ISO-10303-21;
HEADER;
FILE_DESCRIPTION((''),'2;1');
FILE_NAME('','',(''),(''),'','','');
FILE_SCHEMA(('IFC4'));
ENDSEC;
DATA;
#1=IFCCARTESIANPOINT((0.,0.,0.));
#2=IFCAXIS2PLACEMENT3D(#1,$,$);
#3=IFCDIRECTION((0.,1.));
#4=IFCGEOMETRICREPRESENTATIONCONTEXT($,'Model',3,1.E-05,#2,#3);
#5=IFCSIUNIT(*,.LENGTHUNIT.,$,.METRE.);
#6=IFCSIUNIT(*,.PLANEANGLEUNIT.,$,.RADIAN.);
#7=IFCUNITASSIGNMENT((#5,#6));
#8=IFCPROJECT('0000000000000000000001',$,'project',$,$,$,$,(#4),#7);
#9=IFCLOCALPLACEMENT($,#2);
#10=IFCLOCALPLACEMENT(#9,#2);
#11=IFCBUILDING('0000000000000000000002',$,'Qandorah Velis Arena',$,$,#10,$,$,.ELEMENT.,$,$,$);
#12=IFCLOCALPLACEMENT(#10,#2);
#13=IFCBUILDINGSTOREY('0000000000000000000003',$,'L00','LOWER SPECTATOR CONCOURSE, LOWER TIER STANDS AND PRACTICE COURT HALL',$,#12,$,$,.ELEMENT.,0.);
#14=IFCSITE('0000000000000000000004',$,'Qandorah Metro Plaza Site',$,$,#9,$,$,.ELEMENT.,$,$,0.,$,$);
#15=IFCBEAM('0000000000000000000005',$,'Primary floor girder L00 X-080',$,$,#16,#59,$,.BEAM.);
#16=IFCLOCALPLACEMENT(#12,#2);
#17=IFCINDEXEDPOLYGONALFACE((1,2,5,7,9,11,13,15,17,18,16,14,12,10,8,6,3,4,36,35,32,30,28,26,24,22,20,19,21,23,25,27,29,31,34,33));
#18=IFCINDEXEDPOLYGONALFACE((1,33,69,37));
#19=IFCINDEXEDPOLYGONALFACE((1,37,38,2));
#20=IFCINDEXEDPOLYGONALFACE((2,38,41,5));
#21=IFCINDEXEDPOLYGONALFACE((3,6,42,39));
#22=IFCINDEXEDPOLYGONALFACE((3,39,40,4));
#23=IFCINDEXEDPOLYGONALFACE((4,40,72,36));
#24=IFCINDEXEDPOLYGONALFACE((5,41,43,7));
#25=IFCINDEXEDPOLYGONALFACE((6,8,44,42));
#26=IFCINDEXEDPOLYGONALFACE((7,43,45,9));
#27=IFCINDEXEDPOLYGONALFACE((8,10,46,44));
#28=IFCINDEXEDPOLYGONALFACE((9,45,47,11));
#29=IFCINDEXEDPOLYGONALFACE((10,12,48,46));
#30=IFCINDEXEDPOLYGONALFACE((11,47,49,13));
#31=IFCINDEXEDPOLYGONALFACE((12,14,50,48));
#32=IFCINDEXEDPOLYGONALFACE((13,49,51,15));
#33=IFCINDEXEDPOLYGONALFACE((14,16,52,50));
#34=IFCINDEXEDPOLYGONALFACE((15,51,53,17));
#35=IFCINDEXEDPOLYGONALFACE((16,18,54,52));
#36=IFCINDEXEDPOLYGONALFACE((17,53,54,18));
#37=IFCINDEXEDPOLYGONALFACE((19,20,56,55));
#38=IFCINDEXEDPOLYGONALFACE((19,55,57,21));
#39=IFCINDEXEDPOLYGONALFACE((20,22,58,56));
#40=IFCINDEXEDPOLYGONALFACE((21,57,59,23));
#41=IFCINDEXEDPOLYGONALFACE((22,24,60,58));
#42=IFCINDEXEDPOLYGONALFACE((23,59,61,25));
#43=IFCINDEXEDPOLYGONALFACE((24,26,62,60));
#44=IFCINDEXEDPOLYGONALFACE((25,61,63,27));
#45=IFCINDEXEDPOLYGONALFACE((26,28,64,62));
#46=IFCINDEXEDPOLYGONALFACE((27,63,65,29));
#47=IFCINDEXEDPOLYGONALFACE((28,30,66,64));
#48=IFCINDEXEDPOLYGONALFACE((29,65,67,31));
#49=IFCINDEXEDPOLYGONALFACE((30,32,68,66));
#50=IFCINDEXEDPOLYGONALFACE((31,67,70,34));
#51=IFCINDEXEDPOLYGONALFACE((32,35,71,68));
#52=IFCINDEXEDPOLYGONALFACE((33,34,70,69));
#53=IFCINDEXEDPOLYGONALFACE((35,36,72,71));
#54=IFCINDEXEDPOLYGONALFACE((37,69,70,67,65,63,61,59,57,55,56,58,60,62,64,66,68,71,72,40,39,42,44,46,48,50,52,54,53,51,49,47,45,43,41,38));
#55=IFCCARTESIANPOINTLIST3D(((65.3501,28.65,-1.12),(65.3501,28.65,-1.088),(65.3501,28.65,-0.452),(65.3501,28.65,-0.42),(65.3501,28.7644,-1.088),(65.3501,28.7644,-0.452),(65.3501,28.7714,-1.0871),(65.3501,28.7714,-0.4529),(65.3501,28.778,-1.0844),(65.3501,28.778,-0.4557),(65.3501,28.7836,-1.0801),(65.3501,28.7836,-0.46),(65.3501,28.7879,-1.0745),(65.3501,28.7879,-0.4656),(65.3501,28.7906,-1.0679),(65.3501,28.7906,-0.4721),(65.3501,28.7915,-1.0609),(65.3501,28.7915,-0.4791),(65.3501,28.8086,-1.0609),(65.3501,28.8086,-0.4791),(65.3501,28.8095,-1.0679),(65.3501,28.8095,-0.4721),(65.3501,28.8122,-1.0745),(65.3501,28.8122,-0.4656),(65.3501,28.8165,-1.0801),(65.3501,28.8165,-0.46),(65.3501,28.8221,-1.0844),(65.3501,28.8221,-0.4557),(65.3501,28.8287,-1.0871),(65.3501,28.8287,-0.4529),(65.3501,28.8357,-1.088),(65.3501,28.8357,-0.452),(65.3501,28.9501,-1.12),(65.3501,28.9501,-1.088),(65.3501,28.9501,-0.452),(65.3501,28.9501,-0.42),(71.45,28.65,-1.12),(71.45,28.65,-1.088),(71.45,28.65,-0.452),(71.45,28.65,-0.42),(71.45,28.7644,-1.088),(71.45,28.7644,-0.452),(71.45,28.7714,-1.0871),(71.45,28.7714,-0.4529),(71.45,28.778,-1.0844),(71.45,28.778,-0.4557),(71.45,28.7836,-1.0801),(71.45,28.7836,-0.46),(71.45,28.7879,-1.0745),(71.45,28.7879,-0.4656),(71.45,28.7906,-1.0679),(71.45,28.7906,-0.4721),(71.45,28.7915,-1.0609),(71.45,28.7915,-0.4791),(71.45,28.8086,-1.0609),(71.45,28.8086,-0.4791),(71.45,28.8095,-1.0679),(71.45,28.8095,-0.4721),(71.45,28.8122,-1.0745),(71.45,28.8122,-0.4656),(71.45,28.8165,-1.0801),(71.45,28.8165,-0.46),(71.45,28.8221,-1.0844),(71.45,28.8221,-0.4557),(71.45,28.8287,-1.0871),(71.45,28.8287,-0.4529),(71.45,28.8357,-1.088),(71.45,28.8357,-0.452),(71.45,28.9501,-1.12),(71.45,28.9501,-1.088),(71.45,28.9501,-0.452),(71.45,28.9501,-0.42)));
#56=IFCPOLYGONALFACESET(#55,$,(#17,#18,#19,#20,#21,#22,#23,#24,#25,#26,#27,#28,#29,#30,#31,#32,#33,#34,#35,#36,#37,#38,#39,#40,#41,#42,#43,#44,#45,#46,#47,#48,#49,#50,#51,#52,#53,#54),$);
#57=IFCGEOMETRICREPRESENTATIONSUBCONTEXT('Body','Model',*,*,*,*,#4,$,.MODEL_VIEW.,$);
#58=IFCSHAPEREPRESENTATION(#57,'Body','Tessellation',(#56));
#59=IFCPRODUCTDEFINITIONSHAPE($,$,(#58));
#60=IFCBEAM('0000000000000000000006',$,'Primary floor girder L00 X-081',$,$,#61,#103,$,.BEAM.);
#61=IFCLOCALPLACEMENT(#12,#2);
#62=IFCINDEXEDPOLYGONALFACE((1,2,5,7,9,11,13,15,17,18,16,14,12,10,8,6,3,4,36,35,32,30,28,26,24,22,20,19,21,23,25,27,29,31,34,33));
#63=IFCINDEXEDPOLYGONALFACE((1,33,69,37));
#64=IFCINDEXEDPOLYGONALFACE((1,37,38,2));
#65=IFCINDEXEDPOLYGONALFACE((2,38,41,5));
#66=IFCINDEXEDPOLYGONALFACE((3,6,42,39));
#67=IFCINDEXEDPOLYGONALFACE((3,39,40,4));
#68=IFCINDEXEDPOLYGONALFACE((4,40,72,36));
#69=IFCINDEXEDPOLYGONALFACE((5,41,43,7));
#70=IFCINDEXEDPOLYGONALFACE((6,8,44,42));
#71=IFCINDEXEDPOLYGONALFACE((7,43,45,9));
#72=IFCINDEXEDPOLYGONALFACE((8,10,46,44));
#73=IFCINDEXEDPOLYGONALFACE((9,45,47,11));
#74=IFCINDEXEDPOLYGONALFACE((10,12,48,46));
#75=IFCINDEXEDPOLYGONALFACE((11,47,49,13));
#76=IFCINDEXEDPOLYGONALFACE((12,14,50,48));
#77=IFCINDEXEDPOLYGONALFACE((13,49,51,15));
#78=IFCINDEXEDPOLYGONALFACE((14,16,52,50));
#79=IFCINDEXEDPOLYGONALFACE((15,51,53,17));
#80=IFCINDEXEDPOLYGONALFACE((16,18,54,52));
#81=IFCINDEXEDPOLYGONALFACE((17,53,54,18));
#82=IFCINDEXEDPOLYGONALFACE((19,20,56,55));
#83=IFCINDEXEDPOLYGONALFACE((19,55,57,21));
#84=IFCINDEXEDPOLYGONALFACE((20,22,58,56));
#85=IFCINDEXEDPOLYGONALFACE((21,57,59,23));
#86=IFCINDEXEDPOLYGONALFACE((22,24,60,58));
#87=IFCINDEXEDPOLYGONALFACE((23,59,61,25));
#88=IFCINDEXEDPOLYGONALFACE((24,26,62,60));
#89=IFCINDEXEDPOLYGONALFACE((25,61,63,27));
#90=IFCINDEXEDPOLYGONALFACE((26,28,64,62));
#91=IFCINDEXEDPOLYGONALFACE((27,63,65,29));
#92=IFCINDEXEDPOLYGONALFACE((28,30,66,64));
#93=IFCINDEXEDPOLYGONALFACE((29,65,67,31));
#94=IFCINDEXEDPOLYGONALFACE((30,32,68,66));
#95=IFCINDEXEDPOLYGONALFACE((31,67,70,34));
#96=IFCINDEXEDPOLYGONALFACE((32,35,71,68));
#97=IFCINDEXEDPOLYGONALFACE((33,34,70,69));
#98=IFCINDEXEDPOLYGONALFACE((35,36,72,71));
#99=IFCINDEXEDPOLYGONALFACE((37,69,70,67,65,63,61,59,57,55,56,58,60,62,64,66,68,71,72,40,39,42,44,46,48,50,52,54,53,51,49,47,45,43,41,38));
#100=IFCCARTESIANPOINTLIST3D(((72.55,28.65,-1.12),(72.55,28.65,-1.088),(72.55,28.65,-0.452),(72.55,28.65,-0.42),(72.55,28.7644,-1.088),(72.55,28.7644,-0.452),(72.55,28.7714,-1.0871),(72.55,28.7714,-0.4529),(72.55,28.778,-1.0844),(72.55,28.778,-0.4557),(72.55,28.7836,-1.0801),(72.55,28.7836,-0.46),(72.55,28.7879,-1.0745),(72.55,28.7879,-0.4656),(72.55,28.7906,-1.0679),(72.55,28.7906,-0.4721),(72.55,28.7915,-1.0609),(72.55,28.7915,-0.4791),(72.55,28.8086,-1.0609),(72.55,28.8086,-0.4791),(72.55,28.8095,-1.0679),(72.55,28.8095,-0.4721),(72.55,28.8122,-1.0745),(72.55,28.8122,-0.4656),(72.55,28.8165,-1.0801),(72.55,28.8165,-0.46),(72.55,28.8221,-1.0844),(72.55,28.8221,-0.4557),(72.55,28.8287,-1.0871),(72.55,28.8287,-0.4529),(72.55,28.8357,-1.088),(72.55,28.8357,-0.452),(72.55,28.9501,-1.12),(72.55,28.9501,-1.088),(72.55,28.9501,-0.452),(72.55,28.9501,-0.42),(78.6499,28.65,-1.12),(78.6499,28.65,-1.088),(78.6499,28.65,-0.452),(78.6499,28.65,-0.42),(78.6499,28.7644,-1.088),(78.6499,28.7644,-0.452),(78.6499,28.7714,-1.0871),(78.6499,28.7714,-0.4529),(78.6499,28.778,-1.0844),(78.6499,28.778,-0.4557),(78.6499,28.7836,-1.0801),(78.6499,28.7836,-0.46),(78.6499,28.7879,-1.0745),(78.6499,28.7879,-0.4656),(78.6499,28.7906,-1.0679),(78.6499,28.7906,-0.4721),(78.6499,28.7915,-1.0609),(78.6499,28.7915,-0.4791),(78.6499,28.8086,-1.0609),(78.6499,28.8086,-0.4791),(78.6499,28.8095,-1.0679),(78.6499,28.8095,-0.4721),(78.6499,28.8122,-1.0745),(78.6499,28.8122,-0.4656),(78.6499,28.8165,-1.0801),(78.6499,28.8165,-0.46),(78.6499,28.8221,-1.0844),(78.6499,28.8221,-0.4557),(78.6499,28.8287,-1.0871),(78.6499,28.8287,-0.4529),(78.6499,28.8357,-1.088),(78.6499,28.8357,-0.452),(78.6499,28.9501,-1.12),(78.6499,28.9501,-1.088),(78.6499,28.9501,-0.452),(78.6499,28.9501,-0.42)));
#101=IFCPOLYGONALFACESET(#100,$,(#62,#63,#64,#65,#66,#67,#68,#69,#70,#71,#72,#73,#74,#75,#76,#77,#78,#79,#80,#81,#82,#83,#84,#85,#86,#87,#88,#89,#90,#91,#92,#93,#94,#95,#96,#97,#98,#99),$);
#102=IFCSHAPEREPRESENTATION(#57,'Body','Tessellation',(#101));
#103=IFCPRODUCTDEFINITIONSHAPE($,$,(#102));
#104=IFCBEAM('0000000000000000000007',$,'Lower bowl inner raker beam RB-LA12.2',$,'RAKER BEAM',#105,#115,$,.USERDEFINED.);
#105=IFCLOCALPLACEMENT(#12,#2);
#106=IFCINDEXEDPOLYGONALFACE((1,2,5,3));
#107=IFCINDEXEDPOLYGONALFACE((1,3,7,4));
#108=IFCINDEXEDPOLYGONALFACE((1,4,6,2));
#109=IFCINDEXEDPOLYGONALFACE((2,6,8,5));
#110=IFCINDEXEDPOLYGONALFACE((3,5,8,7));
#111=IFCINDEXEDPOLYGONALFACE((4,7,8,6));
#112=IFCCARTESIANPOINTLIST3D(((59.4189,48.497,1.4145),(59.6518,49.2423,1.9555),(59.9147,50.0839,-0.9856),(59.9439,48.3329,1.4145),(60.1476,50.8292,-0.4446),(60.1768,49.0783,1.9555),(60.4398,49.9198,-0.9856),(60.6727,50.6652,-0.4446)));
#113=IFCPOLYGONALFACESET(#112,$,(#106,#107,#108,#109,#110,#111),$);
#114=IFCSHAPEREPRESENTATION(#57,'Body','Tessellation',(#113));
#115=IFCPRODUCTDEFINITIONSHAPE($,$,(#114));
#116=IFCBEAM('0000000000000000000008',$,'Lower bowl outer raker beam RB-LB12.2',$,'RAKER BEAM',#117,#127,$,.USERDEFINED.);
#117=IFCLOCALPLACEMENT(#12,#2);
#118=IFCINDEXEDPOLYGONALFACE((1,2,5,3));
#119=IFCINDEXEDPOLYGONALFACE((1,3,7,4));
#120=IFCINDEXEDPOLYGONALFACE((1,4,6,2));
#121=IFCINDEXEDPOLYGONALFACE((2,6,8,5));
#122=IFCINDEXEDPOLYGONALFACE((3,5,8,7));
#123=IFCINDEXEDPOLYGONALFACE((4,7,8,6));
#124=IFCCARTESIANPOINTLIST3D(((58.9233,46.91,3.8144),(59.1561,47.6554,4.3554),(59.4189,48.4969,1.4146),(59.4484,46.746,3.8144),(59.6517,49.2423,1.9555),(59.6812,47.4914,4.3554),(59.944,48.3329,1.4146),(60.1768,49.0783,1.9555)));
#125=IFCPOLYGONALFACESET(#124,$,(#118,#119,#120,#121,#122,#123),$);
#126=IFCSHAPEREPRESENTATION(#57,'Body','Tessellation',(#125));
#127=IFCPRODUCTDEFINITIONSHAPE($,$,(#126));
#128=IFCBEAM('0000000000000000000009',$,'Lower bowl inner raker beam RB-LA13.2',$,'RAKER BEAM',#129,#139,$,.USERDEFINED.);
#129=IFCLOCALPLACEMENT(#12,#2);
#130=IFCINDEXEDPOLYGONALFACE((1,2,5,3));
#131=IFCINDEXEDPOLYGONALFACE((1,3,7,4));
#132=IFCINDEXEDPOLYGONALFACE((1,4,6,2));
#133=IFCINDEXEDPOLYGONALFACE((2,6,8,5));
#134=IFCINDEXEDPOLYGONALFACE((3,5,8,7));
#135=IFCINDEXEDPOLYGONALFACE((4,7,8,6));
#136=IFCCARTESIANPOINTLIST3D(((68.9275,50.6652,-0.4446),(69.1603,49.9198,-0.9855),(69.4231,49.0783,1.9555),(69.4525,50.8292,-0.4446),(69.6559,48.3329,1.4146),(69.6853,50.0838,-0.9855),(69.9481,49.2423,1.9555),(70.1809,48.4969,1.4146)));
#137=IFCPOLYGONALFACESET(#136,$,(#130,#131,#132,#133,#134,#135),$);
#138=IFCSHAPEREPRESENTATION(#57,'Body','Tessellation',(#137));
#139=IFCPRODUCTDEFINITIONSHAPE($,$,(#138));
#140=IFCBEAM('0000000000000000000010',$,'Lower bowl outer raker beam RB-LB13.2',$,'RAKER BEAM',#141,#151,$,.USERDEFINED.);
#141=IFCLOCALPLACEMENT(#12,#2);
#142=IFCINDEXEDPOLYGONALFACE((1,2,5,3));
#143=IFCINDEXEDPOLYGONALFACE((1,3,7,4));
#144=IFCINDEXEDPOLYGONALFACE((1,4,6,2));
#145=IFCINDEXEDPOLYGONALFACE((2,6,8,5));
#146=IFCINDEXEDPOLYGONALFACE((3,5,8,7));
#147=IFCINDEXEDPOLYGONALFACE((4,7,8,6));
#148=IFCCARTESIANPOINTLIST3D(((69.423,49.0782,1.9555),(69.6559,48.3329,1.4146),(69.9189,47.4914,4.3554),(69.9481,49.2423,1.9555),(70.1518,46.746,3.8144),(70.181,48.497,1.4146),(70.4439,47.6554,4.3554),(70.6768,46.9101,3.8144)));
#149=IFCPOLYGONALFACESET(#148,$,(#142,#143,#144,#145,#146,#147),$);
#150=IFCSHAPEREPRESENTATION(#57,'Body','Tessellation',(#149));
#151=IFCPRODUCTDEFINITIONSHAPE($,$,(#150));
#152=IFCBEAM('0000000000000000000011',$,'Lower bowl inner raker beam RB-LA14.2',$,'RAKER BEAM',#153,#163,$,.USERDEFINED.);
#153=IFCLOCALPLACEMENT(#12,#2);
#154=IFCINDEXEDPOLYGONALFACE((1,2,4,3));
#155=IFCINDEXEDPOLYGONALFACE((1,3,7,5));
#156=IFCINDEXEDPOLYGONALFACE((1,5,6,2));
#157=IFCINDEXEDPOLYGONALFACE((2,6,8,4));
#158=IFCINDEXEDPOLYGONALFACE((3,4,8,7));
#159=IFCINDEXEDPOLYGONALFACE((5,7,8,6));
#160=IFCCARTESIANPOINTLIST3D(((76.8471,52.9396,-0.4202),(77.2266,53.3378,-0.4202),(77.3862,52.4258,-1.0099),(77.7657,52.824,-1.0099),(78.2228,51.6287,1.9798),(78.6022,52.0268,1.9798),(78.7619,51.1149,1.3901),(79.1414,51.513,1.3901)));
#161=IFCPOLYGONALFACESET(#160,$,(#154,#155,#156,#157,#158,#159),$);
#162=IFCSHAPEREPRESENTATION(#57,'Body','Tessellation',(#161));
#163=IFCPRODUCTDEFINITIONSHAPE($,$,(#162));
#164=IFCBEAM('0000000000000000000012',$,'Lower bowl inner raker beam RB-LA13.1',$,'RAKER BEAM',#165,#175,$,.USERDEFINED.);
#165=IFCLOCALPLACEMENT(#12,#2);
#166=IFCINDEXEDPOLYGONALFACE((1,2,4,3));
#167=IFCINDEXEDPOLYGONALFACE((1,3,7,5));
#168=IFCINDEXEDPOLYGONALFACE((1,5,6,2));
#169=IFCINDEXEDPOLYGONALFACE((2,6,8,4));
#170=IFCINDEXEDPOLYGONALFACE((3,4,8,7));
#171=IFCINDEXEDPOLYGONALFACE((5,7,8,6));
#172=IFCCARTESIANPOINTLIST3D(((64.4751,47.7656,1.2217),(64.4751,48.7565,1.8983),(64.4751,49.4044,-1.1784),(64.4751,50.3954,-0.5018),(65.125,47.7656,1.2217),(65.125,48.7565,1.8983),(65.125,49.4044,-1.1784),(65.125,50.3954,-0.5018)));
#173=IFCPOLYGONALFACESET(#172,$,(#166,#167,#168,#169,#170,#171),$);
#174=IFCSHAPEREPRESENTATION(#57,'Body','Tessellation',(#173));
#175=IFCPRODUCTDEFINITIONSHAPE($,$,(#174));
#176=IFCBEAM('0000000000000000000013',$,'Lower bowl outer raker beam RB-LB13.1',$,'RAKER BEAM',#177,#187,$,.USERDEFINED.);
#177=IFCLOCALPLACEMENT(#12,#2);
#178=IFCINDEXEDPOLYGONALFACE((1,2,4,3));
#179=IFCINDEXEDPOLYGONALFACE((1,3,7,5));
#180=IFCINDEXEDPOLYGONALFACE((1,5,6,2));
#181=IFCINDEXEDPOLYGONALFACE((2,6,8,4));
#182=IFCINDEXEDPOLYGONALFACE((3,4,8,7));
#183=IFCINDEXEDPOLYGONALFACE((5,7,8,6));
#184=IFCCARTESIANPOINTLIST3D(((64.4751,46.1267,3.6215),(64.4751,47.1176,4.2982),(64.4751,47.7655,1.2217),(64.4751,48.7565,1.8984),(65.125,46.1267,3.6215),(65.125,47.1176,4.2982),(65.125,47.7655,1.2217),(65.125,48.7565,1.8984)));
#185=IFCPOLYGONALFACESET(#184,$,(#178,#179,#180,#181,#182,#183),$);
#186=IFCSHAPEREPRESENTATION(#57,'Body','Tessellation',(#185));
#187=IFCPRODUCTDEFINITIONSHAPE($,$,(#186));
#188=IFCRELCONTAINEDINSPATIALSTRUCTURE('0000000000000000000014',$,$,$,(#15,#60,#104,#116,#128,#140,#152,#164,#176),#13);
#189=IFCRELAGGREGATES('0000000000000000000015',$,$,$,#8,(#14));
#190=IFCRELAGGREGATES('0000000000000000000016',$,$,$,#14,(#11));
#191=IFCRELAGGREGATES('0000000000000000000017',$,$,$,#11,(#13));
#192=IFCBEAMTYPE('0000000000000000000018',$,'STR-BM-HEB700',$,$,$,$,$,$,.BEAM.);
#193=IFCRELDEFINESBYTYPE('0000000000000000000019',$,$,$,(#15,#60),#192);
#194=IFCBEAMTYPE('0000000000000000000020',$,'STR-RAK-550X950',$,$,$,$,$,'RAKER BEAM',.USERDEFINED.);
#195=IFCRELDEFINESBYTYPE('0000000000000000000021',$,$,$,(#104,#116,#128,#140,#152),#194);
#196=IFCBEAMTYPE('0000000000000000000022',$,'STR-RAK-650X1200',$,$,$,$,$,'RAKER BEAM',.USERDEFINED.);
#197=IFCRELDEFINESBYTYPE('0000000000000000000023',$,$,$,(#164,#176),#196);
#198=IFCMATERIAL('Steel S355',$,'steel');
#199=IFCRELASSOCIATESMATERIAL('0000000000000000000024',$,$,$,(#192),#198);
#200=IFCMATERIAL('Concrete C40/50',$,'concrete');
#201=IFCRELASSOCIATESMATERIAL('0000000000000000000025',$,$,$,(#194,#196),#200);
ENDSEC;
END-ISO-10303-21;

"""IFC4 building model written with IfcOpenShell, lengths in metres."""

from ifc_helpers import new_model, si_unit, direction, frame, origin, origin_2d, place, context, subcontext, project, spatial, rectangle, i_section, extrude, material, material_profile, profile_set, type_object, element, save


model = new_model("IFC4")

# Units and contexts
model_context = context("Model", 3, precision=1e-05, world=origin(), true_north=direction((0.0, 1.0)))
body_context = subcontext(model_context, "Body", "Model", "MODEL_VIEW")
ifc_project = project(units=[si_unit("LENGTHUNIT", "METRE"), si_unit("PLANEANGLEUNIT", "RADIAN")], contexts=[model_context])

# Site, building, storey
site_placement = place(None, origin())
site = spatial("IfcSite", under=ifc_project, at=site_placement, Name="Qandorah Metro Plaza Site", CompositionType="ELEMENT", RefElevation=0.0)
building_placement = place(site_placement, origin())
building = spatial("IfcBuilding", under=site, at=building_placement, Name="Qandorah Velis Arena", CompositionType="ELEMENT")
storey_placement = place(building_placement, origin())
storey = spatial("IfcBuildingStorey", under=building, at=storey_placement, Name="L00", Description="LOWER SPECTATOR CONCOURSE, LOWER TIER STANDS AND PRACTICE COURT HALL", CompositionType="ELEMENT", Elevation=0.0)

# Shared definitions
ifc_material_1 = material(Name="Concrete C40/50", Category="concrete")

# Beams
ifc_material_2 = material(Name="Steel S355", Category="steel")
ifc_material_profile_1 = material_profile(ifc_material_2, i_section(OverallWidth=0.3, OverallDepth=0.7, WebThickness=0.0171, FlangeThickness=0.032, FilletRadius=0.0271, at=origin_2d()), Name="HEB 700")
ifc_profile_set_1 = profile_set([ifc_material_profile_1], Name="Steel S355")
beam_type_1 = type_object("IfcBeamType", Name="STR-BM-HEB700", PredefinedType="BEAM", material=ifc_profile_set_1)
for number, where, z_axis, x_axis, name in (
    (1, (65.3501, 28.8, -0.77), (1.0, 0.0, 0.0), (0.0, 1.0, 0.0), "Primary floor girder L00 X-080"),
    (2, (72.55, 28.8, -0.77), (1.0, 0.0, 0.0), (0.0, 1.0, 0.0), "Primary floor girder L00 X-081"),
):
    element("IfcBeam", number, at=place(storey_placement, frame(where, z_axis=z_axis, x_axis=x_axis)), inside=storey, type_object=beam_type_1, Name=name, PredefinedType="BEAM", context=body_context, shape_type="SweptSolid", body=[
        extrude(i_section(OverallWidth=0.3, OverallDepth=0.7, WebThickness=0.0171, FlangeThickness=0.032, FilletRadius=0.0271, at=origin_2d()), origin(), (0.0, 0.0, 1.0), 6.0999),
    ])
ifc_material_profile_2 = material_profile(ifc_material_1, rectangle(XDim=0.55, YDim=0.95, at=origin_2d()), Name="RC RAKER 550x950")
ifc_profile_set_2 = profile_set([ifc_material_profile_2], Name="Concrete C40/50")
beam_type_2 = type_object("IfcBeamType", Name="STR-RAK-550X950", ElementType="RAKER BEAM", PredefinedType="USERDEFINED", material=ifc_profile_set_2)
beam_1_placement = place(storey_placement, frame((60.2937, 50.3745, -0.7151), z_axis=(-0.169827, -0.543513, 0.822042), x_axis=(0.95449, -0.298242, 0.0)))
element("IfcBeam", 3, at=beam_1_placement, inside=storey, type_object=beam_type_2, Name="Lower bowl inner raker beam RB-LA12.2", ObjectType="RAKER BEAM", PredefinedType="USERDEFINED", context=body_context, shape_type="SweptSolid", body=[
    extrude(rectangle(XDim=0.55, YDim=0.95, at=origin_2d()), origin(), (0.0, 0.0, 1.0), 2.9197),
])
beam_2_placement = place(storey_placement, frame((59.7979, 48.7876, 1.6851), z_axis=(-0.169757, -0.543558, 0.822026), x_axis=(0.954532, -0.298108, 0.0)))
element("IfcBeam", 4, at=beam_2_placement, inside=storey, type_object=beam_type_2, Name="Lower bowl outer raker beam RB-LB12.2", ObjectType="RAKER BEAM", PredefinedType="USERDEFINED", context=body_context, shape_type="SweptSolid", body=[
    extrude(rectangle(XDim=0.55, YDim=0.95, at=origin_2d()), origin(), (0.0, 0.0, 1.0), 2.9194),
])
beam_3_placement = place(storey_placement, frame((69.3064, 50.3745, -0.7151), z_axis=(0.169746, -0.54352, 0.822054), x_axis=(0.954532, 0.298108, 0.0)))
element("IfcBeam", 5, at=beam_3_placement, inside=storey, type_object=beam_type_2, Name="Lower bowl inner raker beam RB-LA13.2", ObjectType="RAKER BEAM", PredefinedType="USERDEFINED", context=body_context, shape_type="SweptSolid", body=[
    extrude(rectangle(XDim=0.55, YDim=0.95, at=origin_2d()), origin(), (0.0, 0.0, 1.0), 2.9197),
])
beam_4_placement = place(storey_placement, frame((69.802, 48.7876, 1.6851), z_axis=(0.169838, -0.54355, 0.822015), x_axis=(0.95449, 0.298242, 0.0)))
element("IfcBeam", 6, at=beam_4_placement, inside=storey, type_object=beam_type_2, Name="Lower bowl outer raker beam RB-LB13.2", ObjectType="RAKER BEAM", PredefinedType="USERDEFINED", context=body_context, shape_type="SweptSolid", body=[
    extrude(rectangle(XDim=0.55, YDim=0.95, at=origin_2d()), origin(), (0.0, 0.0, 1.0), 2.9194),
])
beam_5_placement = place(storey_placement, frame((77.3064, 52.8818, -0.7151), z_axis=(0.44938, -0.428247, 0.784003), x_axis=(0.68988, 0.723924, 0.0)))
element("IfcBeam", 7, at=beam_5_placement, inside=storey, type_object=beam_type_2, Name="Lower bowl inner raker beam RB-LA14.2", ObjectType="RAKER BEAM", PredefinedType="USERDEFINED", context=body_context, shape_type="SweptSolid", body=[
    extrude(rectangle(XDim=0.55, YDim=0.95, at=origin_2d()), origin(), (0.0, 0.0, 1.0), 3.0613),
])
ifc_material_profile_3 = material_profile(ifc_material_1, rectangle(XDim=0.6499, YDim=1.2, at=origin_2d()), Name="RC RAKER 650x1200")
ifc_profile_set_3 = profile_set([ifc_material_profile_3], Name="Concrete C40/50")
beam_type_3 = type_object("IfcBeamType", Name="STR-RAK-650X1200", ElementType="RAKER BEAM", PredefinedType="USERDEFINED", material=ifc_profile_set_3)
beam_6_placement = place(storey_placement, frame((64.8, 49.8999, -0.8401), z_axis=(0.0, -0.563913, 0.825834), x_axis=(1.0, 0.0, 0.0)))
element("IfcBeam", 8, at=beam_6_placement, inside=storey, type_object=beam_type_3, Name="Lower bowl inner raker beam RB-LA13.1", ObjectType="RAKER BEAM", PredefinedType="USERDEFINED", context=body_context, shape_type="SweptSolid", body=[
    extrude(rectangle(XDim=0.6499, YDim=1.2, at=origin_2d()), origin(), (0.0, 0.0, 1.0), 2.9062),
])
beam_7_placement = place(storey_placement, frame((64.8, 48.261, 1.5601), z_axis=(0.0, -0.563952, 0.825808), x_axis=(1.0, 0.0, 0.0)))
element("IfcBeam", 9, at=beam_7_placement, inside=storey, type_object=beam_type_3, Name="Lower bowl outer raker beam RB-LB13.1", ObjectType="RAKER BEAM", PredefinedType="USERDEFINED", context=body_context, shape_type="SweptSolid", body=[
    extrude(rectangle(XDim=0.6499, YDim=1.2, at=origin_2d()), origin(), (0.0, 0.0, 1.0), 2.906),
])

save(model, "model.ifc")
